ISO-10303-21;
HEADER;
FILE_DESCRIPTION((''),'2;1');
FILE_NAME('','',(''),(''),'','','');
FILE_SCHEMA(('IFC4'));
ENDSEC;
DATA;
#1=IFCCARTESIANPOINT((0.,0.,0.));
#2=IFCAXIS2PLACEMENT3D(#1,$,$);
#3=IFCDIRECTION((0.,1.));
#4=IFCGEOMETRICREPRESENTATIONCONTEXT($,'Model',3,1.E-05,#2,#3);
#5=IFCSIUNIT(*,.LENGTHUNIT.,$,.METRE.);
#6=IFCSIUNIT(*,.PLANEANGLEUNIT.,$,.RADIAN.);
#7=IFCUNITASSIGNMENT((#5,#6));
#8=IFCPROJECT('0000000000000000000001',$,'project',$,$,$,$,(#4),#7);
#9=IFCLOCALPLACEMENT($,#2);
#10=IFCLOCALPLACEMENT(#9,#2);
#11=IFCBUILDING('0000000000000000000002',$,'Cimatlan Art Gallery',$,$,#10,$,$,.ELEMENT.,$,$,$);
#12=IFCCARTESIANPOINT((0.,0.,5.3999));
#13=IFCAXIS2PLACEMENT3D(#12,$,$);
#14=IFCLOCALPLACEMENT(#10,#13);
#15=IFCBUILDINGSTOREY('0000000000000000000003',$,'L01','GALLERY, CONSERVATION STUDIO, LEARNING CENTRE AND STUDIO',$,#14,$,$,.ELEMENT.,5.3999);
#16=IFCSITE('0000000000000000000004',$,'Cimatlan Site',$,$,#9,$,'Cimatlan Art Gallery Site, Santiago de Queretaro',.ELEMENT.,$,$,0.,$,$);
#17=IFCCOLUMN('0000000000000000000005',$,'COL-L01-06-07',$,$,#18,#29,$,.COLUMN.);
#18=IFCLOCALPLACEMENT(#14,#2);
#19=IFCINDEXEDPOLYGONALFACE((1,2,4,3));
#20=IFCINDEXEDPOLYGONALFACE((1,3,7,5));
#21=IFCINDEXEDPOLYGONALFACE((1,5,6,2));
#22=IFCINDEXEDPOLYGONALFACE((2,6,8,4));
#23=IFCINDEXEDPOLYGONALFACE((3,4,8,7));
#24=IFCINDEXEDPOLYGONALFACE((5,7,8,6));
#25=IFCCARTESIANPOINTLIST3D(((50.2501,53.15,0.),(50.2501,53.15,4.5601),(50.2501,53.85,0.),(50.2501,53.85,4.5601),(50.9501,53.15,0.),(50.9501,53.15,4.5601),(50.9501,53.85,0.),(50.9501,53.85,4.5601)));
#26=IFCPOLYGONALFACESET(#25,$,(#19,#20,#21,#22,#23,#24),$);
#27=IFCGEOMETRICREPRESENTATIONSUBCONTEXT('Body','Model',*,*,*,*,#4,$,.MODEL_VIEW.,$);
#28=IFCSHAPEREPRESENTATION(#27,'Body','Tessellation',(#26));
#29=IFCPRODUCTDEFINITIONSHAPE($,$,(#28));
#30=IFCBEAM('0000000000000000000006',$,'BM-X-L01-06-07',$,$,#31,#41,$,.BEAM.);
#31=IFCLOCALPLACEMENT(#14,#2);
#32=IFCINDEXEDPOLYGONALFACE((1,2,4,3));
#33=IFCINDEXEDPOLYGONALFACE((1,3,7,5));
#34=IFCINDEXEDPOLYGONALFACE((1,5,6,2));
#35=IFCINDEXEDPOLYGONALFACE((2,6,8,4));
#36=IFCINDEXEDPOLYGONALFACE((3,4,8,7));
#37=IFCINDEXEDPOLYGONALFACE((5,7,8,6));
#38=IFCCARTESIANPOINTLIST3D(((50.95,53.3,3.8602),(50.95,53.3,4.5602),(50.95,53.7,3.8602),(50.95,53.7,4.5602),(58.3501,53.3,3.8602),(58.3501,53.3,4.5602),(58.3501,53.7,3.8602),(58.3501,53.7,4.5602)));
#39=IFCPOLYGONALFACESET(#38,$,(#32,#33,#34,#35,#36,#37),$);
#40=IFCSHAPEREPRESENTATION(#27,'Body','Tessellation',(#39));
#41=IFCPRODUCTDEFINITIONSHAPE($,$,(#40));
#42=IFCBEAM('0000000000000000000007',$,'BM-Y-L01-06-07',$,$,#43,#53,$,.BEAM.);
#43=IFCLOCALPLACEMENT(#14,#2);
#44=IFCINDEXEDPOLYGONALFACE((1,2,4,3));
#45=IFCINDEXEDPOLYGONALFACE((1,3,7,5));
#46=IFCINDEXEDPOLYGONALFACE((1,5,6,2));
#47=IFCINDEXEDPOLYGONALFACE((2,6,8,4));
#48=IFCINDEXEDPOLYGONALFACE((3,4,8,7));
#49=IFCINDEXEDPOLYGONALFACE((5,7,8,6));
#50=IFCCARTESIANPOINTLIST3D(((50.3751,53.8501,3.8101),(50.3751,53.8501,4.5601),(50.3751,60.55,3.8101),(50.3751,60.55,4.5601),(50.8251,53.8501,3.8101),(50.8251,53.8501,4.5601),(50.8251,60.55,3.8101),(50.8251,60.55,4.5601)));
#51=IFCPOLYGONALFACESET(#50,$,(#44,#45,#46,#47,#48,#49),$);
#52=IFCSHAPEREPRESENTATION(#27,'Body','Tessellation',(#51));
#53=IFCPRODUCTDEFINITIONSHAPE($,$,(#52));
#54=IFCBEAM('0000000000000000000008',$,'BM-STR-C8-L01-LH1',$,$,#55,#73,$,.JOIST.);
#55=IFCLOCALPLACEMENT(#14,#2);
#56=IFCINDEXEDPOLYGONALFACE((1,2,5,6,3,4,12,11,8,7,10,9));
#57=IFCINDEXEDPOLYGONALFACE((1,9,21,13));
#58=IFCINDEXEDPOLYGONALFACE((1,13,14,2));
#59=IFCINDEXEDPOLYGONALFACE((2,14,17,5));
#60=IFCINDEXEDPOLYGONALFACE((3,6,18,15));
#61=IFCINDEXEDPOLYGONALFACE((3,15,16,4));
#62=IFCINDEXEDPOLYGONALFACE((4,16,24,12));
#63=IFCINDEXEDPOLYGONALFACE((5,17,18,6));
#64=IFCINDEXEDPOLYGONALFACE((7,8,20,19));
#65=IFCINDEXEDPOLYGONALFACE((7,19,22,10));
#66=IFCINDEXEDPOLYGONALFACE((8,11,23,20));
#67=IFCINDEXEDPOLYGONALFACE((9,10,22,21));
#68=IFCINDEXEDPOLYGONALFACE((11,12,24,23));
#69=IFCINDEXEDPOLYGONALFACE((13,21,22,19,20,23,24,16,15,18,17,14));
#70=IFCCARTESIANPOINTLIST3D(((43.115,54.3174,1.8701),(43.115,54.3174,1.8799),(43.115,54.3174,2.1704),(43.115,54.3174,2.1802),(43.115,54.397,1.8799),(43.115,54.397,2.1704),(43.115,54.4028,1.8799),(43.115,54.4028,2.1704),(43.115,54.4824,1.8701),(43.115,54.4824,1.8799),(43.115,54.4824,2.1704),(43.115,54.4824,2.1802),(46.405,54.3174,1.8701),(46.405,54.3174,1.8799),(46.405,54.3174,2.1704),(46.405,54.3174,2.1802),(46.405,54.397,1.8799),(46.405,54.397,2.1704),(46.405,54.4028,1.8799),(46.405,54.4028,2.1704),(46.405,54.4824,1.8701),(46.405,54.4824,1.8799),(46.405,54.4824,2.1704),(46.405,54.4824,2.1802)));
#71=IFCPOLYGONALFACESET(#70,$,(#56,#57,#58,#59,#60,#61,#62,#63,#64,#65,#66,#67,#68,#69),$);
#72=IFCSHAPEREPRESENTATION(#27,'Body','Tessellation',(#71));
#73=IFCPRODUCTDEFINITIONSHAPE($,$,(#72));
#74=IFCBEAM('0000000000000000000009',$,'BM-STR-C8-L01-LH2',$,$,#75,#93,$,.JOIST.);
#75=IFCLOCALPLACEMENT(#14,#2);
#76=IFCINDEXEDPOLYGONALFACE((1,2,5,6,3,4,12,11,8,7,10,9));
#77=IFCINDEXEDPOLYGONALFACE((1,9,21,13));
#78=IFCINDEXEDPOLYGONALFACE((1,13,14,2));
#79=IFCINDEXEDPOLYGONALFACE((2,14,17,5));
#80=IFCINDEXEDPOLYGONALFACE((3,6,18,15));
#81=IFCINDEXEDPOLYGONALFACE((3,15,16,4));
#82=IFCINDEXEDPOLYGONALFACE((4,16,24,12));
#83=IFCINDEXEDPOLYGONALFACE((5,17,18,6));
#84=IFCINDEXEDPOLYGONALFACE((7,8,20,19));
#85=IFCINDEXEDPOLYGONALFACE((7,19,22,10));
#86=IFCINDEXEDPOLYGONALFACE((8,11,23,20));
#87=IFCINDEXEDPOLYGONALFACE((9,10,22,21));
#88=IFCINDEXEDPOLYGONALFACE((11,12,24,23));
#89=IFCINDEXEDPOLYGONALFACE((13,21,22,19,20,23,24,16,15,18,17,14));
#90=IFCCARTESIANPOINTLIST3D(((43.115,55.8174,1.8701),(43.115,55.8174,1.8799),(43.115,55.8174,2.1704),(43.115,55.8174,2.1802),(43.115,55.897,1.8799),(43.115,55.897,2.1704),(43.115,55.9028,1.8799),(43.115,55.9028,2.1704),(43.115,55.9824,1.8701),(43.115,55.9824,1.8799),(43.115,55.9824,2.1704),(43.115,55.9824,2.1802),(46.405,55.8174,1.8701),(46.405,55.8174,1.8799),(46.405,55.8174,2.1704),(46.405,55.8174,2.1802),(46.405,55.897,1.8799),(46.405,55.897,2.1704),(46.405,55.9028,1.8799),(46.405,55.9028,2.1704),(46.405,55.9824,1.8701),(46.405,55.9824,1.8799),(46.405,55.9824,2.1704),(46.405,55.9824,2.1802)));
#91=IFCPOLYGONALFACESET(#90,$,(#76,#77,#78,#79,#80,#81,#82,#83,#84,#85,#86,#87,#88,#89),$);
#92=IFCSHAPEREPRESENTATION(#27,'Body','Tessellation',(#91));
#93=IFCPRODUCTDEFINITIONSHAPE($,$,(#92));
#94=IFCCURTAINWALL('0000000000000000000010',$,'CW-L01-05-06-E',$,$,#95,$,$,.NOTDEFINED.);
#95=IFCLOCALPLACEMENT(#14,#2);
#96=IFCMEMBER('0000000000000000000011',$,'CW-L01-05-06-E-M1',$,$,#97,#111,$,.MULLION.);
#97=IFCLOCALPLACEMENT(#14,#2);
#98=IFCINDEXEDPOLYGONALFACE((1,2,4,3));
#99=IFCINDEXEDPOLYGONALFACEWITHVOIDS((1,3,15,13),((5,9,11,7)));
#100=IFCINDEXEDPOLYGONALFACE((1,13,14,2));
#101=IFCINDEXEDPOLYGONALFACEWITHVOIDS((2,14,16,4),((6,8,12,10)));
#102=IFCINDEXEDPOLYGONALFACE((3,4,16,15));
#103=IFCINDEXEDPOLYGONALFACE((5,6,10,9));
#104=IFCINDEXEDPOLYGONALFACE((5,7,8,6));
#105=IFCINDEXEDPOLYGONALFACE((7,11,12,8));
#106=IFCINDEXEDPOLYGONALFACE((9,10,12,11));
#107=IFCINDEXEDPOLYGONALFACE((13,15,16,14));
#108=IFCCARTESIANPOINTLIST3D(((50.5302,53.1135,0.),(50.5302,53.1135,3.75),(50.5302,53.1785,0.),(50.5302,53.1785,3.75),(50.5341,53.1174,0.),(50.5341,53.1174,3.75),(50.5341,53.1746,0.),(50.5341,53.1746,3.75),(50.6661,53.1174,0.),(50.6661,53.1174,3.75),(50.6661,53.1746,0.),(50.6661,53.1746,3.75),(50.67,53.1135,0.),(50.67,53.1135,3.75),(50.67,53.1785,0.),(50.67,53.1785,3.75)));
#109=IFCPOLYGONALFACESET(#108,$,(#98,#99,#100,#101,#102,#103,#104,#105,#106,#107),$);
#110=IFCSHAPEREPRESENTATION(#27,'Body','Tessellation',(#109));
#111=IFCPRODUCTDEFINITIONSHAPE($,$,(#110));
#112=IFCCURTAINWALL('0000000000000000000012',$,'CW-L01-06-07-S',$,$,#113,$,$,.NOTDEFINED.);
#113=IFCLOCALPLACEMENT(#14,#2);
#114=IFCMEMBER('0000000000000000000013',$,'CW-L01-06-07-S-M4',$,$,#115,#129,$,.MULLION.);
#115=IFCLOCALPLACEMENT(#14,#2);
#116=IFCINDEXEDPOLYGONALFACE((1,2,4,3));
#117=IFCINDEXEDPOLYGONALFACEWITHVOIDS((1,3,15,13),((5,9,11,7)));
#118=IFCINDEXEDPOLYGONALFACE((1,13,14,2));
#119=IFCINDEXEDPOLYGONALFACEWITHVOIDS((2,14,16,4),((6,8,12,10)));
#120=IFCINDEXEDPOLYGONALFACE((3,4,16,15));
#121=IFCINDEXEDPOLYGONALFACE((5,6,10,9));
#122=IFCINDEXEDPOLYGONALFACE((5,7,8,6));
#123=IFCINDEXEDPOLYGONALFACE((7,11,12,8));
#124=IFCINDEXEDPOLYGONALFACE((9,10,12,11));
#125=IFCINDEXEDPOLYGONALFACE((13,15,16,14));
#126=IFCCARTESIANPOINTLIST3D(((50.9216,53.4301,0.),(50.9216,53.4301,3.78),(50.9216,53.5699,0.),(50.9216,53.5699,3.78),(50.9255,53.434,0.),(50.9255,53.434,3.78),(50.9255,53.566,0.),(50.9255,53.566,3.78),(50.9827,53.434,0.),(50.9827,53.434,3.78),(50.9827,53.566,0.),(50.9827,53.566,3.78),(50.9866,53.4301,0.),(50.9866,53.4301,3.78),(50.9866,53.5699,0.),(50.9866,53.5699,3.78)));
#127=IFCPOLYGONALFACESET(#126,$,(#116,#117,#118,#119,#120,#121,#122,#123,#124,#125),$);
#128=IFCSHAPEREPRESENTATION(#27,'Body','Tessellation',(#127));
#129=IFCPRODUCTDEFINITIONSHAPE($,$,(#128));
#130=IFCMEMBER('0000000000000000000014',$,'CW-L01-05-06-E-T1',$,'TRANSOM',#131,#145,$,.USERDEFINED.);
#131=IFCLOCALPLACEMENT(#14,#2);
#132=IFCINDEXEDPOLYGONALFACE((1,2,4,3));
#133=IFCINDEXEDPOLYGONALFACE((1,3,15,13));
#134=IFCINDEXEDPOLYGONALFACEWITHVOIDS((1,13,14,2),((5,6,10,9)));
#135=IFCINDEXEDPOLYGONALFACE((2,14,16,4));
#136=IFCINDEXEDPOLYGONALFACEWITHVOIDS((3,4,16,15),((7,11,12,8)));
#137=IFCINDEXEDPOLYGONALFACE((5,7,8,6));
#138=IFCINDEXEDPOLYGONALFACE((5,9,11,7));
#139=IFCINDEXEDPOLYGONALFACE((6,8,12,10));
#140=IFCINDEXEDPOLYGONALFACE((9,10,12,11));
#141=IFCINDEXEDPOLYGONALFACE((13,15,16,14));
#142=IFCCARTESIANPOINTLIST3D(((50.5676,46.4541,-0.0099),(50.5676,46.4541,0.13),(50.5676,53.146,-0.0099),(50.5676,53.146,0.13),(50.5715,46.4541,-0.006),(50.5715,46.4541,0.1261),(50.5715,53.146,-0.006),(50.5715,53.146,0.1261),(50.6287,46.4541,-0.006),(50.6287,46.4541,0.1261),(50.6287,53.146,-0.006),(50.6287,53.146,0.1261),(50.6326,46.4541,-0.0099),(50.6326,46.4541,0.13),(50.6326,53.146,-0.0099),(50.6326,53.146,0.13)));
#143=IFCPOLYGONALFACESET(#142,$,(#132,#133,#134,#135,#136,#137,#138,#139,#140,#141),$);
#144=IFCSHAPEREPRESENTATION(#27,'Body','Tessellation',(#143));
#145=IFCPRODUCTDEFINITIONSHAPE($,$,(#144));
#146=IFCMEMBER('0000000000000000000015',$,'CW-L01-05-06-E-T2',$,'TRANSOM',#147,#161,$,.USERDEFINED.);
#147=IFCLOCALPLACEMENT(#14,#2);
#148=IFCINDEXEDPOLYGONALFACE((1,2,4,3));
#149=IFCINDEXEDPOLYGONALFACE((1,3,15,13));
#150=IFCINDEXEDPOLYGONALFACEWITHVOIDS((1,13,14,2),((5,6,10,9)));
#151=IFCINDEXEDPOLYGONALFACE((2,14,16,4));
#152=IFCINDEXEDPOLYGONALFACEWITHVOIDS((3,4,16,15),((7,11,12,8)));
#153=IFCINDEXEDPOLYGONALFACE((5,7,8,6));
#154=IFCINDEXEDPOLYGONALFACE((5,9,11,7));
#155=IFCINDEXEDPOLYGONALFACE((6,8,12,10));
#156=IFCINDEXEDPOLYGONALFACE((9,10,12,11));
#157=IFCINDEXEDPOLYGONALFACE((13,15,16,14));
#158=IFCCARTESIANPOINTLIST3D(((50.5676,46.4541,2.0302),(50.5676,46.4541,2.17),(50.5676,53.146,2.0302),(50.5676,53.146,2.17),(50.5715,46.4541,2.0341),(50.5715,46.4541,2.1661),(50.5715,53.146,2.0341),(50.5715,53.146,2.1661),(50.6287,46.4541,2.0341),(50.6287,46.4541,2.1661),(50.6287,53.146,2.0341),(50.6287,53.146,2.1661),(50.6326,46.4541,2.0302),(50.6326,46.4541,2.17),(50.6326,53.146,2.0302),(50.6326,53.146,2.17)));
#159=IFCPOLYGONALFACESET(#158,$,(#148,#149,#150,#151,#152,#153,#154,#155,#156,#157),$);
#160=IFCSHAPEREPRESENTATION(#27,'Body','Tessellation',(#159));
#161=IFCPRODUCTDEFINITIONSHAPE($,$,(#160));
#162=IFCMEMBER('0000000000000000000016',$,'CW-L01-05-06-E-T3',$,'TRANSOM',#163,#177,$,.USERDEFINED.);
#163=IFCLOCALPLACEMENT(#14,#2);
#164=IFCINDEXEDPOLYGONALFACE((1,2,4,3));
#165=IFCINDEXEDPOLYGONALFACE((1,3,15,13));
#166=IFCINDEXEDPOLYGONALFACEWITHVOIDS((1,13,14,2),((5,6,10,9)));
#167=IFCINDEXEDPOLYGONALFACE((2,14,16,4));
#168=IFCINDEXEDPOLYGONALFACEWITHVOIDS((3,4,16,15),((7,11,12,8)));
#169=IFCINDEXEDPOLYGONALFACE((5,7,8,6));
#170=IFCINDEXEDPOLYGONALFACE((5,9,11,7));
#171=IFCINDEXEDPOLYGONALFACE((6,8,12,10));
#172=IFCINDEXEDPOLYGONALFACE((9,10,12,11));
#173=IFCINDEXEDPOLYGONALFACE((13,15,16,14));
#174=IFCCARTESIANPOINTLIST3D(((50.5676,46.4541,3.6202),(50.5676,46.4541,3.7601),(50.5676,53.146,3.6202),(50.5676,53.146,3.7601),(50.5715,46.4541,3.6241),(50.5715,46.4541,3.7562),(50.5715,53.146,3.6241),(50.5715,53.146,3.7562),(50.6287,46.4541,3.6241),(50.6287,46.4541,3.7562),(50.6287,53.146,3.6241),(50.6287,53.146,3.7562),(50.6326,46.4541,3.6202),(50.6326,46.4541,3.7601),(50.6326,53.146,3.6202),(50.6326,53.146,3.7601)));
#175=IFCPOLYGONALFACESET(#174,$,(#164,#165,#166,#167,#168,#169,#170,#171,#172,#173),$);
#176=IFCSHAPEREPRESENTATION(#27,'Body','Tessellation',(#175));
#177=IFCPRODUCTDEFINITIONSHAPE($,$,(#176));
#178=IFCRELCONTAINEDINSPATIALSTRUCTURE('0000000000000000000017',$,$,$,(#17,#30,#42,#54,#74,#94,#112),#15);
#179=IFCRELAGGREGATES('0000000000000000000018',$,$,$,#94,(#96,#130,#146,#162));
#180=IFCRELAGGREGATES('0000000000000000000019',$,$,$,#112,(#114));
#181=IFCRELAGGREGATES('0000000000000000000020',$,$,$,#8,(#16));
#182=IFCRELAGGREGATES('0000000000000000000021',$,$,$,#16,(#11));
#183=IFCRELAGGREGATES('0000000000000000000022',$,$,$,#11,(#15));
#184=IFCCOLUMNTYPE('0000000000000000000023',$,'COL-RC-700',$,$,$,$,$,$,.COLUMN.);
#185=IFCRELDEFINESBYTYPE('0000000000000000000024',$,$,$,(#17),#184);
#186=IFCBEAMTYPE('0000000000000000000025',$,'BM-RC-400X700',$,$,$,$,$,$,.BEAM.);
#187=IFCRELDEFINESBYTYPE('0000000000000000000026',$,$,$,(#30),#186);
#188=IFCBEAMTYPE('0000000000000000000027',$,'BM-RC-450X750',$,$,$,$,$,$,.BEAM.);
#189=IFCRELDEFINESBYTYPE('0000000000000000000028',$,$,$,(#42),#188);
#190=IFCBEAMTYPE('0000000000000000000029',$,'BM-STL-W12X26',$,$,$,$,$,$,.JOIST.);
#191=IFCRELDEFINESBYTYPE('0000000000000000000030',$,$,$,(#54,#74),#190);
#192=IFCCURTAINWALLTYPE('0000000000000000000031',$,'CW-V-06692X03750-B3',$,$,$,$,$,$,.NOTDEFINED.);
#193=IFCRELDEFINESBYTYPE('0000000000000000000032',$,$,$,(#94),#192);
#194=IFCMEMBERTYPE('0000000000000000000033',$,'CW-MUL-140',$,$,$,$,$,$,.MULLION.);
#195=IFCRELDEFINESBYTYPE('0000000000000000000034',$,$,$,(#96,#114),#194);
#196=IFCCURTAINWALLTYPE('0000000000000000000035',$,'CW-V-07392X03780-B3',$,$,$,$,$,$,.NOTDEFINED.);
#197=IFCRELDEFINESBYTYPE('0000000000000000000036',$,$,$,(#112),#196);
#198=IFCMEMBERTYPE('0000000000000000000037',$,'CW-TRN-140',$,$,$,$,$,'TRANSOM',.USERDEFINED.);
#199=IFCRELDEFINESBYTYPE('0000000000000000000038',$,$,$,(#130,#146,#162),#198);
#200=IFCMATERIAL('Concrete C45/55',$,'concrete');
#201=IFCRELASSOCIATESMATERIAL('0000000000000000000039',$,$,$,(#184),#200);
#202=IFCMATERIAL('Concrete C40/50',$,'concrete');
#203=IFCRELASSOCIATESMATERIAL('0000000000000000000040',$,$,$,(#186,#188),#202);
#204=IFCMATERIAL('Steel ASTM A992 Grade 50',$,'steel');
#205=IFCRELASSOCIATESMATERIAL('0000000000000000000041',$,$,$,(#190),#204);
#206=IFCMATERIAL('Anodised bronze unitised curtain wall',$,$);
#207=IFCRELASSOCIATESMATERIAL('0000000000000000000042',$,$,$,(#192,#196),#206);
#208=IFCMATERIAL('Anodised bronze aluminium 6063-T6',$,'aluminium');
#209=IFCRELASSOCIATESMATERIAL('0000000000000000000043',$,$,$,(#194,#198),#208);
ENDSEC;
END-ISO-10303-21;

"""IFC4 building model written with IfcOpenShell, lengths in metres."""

from ifc_helpers import new_model, si_unit, direction, frame, origin, origin_2d, place, context, subcontext, project, spatial, rectangle, hollow_rectangle, i_section, extrude, material, material_profile, profile_set, type_object, element, aggregate, save


model = new_model("IFC4")

# Units and contexts
model_context = context("Model", 3, precision=1e-05, world=origin(), true_north=direction((0.0, 1.0)))
body_context = subcontext(model_context, "Body", "Model", "MODEL_VIEW")
ifc_project = project(units=[si_unit("LENGTHUNIT", "METRE"), si_unit("PLANEANGLEUNIT", "RADIAN")], contexts=[model_context])

# Site, building, storey
site_placement = place(None, origin())
site = spatial("IfcSite", under=ifc_project, at=site_placement, Name="Cimatlan Site", LongName="Cimatlan Art Gallery Site, Santiago de Queretaro", CompositionType="ELEMENT", RefElevation=0.0)
building_placement = place(site_placement, origin())
building = spatial("IfcBuilding", under=site, at=building_placement, Name="Cimatlan Art Gallery", CompositionType="ELEMENT")
storey_placement = place(building_placement, frame((0.0, 0.0, 5.3999)))
storey = spatial("IfcBuildingStorey", under=building, at=storey_placement, Name="L01", Description="GALLERY, CONSERVATION STUDIO, LEARNING CENTRE AND STUDIO", CompositionType="ELEMENT", Elevation=5.3999)

# Column
ifc_material_1 = material(Name="Concrete C45/55", Category="concrete")
ifc_material_profile_1 = material_profile(ifc_material_1, rectangle(XDim=0.7, YDim=0.7, at=origin_2d()), Name="RC700X700")
ifc_profile_set_1 = profile_set([ifc_material_profile_1], Name="Concrete C45/55")
column_type = type_object("IfcColumnType", Name="COL-RC-700", PredefinedType="COLUMN", material=ifc_profile_set_1)
column_placement = place(storey_placement, frame((50.6001, 53.5, 0.0), z_axis=(0.0, 0.0, 1.0), x_axis=(1.0, 0.0, 0.0)))
element("IfcColumn", 1, at=column_placement, inside=storey, type_object=column_type, Name="COL-L01-06-07", PredefinedType="COLUMN", context=body_context, shape_type="SweptSolid", body=[
    extrude(rectangle(XDim=0.7, YDim=0.7, at=origin_2d()), origin(), (0.0, 0.0, 1.0), 4.5601),
])

# Beams
ifc_material_2 = material(Name="Concrete C40/50", Category="concrete")
ifc_material_profile_2 = material_profile(ifc_material_2, rectangle(XDim=0.3999, YDim=0.7, at=origin_2d()), Name="RC400X700")
ifc_profile_set_2 = profile_set([ifc_material_profile_2], Name="Concrete C40/50")
beam_type_1 = type_object("IfcBeamType", Name="BM-RC-400X700", PredefinedType="BEAM", material=ifc_profile_set_2)
beam_1_placement = place(storey_placement, frame((50.95, 53.5, 4.2102), z_axis=(1.0, 0.0, 0.0), x_axis=(0.0, 1.0, 0.0)))
element("IfcBeam", 2, at=beam_1_placement, inside=storey, type_object=beam_type_1, Name="BM-X-L01-06-07", PredefinedType="BEAM", context=body_context, shape_type="SweptSolid", body=[
    extrude(rectangle(XDim=0.3999, YDim=0.7, at=origin_2d()), origin(), (0.0, 0.0, 1.0), 7.4001),
])
ifc_material_profile_3 = material_profile(ifc_material_2, rectangle(XDim=0.45, YDim=0.75, at=origin_2d()), Name="RC450X750")
ifc_profile_set_3 = profile_set([ifc_material_profile_3], Name="Concrete C40/50")
beam_type_2 = type_object("IfcBeamType", Name="BM-RC-450X750", PredefinedType="BEAM", material=ifc_profile_set_3)
beam_2_placement = place(storey_placement, frame((50.6001, 53.8501, 4.1851), z_axis=(0.0, 1.0, 0.0), x_axis=(-1.0, 0.0, 0.0)))
element("IfcBeam", 3, at=beam_2_placement, inside=storey, type_object=beam_type_2, Name="BM-Y-L01-06-07", PredefinedType="BEAM", context=body_context, shape_type="SweptSolid", body=[
    extrude(rectangle(XDim=0.45, YDim=0.75, at=origin_2d()), origin(), (0.0, 0.0, 1.0), 6.7),
])
ifc_material_3 = material(Name="Steel ASTM A992 Grade 50", Category="steel")
ifc_material_profile_4 = material_profile(ifc_material_3, i_section(OverallWidth=0.165, OverallDepth=0.3101, WebThickness=0.0059, FlangeThickness=0.0098, at=origin_2d()), Name="W12X26")
ifc_profile_set_4 = profile_set([ifc_material_profile_4], Name="Steel ASTM A992 Grade 50")
beam_type_3 = type_object("IfcBeamType", Name="BM-STL-W12X26", PredefinedType="JOIST", material=ifc_profile_set_4)
for number, where, z_axis, x_axis, name in (
    (4, (43.115, 54.3999, 2.0251), (1.0, 0.0, 0.0), (0.0, 1.0, 0.0), "BM-STR-C8-L01-LH1"),
    (5, (43.115, 55.8999, 2.0251), (1.0, 0.0, 0.0), (0.0, 1.0, 0.0), "BM-STR-C8-L01-LH2"),
):
    element("IfcBeam", number, at=place(storey_placement, frame(where, z_axis=z_axis, x_axis=x_axis)), inside=storey, type_object=beam_type_3, Name=name, PredefinedType="JOIST", context=body_context, shape_type="SweptSolid", body=[
        extrude(i_section(OverallWidth=0.165, OverallDepth=0.3101, WebThickness=0.0059, FlangeThickness=0.0098, at=origin_2d()), origin(), (0.0, 0.0, 1.0), 3.29),
    ])

# Curtain walls, members
ifc_material_4 = material(Name="Anodised bronze unitised curtain wall")
curtain_wall_type_1 = type_object("IfcCurtainWallType", Name="CW-V-06692X03750-B3", PredefinedType="NOTDEFINED", material=ifc_material_4)
curtain_wall_1_placement = place(storey_placement, origin())
curtain_wall_1 = element("IfcCurtainWall", 6, at=curtain_wall_1_placement, inside=storey, type_object=curtain_wall_type_1, Name="CW-L01-05-06-E", PredefinedType="NOTDEFINED")
ifc_material_5 = material(Name="Anodised bronze aluminium 6063-T6", Category="aluminium")
ifc_material_profile_5 = material_profile(ifc_material_5, hollow_rectangle(XDim=0.0649, YDim=0.1399, WallThickness=0.0039, at=origin_2d()), Name="ALU65X140X4")
ifc_profile_set_5 = profile_set([ifc_material_profile_5], Name="Anodised bronze aluminium 6063-T6")
member_type_1 = type_object("IfcMemberType", Name="CW-MUL-140", PredefinedType="MULLION", material=ifc_profile_set_5)
member_1_placement = place(storey_placement, frame((50.6001, 53.146, 0.0), z_axis=(0.0, 0.0, 1.0), x_axis=(0.0, 1.0, 0.0)))
member_1 = element("IfcMember", 7, at=member_1_placement, type_object=member_type_1, Name="CW-L01-05-06-E-M1", PredefinedType="MULLION", context=body_context, shape_type="SweptSolid", body=[
    extrude(hollow_rectangle(XDim=0.0649, YDim=0.1399, WallThickness=0.0039, at=origin_2d()), origin(), (0.0, 0.0, 1.0), 3.75),
])
curtain_wall_type_2 = type_object("IfcCurtainWallType", Name="CW-V-07392X03780-B3", PredefinedType="NOTDEFINED", material=ifc_material_4)
curtain_wall_2_placement = place(storey_placement, origin())
curtain_wall_2 = element("IfcCurtainWall", 8, at=curtain_wall_2_placement, inside=storey, type_object=curtain_wall_type_2, Name="CW-L01-06-07-S", PredefinedType="NOTDEFINED")
member_2_placement = place(storey_placement, frame((50.9541, 53.5, 0.0), z_axis=(0.0, 0.0, 1.0), x_axis=(1.0, 0.0, 0.0)))
member_2 = element("IfcMember", 9, at=member_2_placement, type_object=member_type_1, Name="CW-L01-06-07-S-M4", PredefinedType="MULLION", context=body_context, shape_type="SweptSolid", body=[
    extrude(hollow_rectangle(XDim=0.0649, YDim=0.1399, WallThickness=0.0039, at=origin_2d()), origin(), (0.0, 0.0, 1.0), 3.78),
])

# Members
ifc_material_profile_6 = material_profile(ifc_material_5, hollow_rectangle(XDim=0.0649, YDim=0.1399, WallThickness=0.0039, at=origin_2d()), Name="ALU65X140X4")
ifc_profile_set_6 = profile_set([ifc_material_profile_6], Name="Anodised bronze aluminium 6063-T6")
member_type_2 = type_object("IfcMemberType", Name="CW-TRN-140", ElementType="TRANSOM", PredefinedType="USERDEFINED", material=ifc_profile_set_6)
member_3_placement = place(storey_placement, frame((50.6001, 53.146, 0.0601), z_axis=(0.0, -1.0, 0.0), x_axis=(1.0, 0.0, 0.0)))
member_3 = element("IfcMember", 10, at=member_3_placement, type_object=member_type_2, Name="CW-L01-05-06-E-T1", ObjectType="TRANSOM", PredefinedType="USERDEFINED", context=body_context, shape_type="SweptSolid", body=[
    extrude(hollow_rectangle(XDim=0.0649, YDim=0.1399, WallThickness=0.0039, at=origin_2d()), origin(), (0.0, 0.0, 1.0), 6.6919),
])
member_4_placement = place(storey_placement, frame((50.6001, 53.146, 2.1001), z_axis=(0.0, -1.0, 0.0), x_axis=(1.0, 0.0, 0.0)))
member_4 = element("IfcMember", 11, at=member_4_placement, type_object=member_type_2, Name="CW-L01-05-06-E-T2", ObjectType="TRANSOM", PredefinedType="USERDEFINED", context=body_context, shape_type="SweptSolid", body=[
    extrude(hollow_rectangle(XDim=0.0649, YDim=0.1399, WallThickness=0.0039, at=origin_2d()), origin(), (0.0, 0.0, 1.0), 6.6919),
])
member_5_placement = place(storey_placement, frame((50.6001, 53.146, 3.6902), z_axis=(0.0, -1.0, 0.0), x_axis=(1.0, 0.0, 0.0)))
member_5 = element("IfcMember", 12, at=member_5_placement, type_object=member_type_2, Name="CW-L01-05-06-E-T3", ObjectType="TRANSOM", PredefinedType="USERDEFINED", context=body_context, shape_type="SweptSolid", body=[
    extrude(hollow_rectangle(XDim=0.0649, YDim=0.1399, WallThickness=0.0039, at=origin_2d()), origin(), (0.0, 0.0, 1.0), 6.6919),
])

aggregate(curtain_wall_1, [member_1, member_3, member_4, member_5])
aggregate(curtain_wall_2, [member_2])

save(model, "model.ifc")
